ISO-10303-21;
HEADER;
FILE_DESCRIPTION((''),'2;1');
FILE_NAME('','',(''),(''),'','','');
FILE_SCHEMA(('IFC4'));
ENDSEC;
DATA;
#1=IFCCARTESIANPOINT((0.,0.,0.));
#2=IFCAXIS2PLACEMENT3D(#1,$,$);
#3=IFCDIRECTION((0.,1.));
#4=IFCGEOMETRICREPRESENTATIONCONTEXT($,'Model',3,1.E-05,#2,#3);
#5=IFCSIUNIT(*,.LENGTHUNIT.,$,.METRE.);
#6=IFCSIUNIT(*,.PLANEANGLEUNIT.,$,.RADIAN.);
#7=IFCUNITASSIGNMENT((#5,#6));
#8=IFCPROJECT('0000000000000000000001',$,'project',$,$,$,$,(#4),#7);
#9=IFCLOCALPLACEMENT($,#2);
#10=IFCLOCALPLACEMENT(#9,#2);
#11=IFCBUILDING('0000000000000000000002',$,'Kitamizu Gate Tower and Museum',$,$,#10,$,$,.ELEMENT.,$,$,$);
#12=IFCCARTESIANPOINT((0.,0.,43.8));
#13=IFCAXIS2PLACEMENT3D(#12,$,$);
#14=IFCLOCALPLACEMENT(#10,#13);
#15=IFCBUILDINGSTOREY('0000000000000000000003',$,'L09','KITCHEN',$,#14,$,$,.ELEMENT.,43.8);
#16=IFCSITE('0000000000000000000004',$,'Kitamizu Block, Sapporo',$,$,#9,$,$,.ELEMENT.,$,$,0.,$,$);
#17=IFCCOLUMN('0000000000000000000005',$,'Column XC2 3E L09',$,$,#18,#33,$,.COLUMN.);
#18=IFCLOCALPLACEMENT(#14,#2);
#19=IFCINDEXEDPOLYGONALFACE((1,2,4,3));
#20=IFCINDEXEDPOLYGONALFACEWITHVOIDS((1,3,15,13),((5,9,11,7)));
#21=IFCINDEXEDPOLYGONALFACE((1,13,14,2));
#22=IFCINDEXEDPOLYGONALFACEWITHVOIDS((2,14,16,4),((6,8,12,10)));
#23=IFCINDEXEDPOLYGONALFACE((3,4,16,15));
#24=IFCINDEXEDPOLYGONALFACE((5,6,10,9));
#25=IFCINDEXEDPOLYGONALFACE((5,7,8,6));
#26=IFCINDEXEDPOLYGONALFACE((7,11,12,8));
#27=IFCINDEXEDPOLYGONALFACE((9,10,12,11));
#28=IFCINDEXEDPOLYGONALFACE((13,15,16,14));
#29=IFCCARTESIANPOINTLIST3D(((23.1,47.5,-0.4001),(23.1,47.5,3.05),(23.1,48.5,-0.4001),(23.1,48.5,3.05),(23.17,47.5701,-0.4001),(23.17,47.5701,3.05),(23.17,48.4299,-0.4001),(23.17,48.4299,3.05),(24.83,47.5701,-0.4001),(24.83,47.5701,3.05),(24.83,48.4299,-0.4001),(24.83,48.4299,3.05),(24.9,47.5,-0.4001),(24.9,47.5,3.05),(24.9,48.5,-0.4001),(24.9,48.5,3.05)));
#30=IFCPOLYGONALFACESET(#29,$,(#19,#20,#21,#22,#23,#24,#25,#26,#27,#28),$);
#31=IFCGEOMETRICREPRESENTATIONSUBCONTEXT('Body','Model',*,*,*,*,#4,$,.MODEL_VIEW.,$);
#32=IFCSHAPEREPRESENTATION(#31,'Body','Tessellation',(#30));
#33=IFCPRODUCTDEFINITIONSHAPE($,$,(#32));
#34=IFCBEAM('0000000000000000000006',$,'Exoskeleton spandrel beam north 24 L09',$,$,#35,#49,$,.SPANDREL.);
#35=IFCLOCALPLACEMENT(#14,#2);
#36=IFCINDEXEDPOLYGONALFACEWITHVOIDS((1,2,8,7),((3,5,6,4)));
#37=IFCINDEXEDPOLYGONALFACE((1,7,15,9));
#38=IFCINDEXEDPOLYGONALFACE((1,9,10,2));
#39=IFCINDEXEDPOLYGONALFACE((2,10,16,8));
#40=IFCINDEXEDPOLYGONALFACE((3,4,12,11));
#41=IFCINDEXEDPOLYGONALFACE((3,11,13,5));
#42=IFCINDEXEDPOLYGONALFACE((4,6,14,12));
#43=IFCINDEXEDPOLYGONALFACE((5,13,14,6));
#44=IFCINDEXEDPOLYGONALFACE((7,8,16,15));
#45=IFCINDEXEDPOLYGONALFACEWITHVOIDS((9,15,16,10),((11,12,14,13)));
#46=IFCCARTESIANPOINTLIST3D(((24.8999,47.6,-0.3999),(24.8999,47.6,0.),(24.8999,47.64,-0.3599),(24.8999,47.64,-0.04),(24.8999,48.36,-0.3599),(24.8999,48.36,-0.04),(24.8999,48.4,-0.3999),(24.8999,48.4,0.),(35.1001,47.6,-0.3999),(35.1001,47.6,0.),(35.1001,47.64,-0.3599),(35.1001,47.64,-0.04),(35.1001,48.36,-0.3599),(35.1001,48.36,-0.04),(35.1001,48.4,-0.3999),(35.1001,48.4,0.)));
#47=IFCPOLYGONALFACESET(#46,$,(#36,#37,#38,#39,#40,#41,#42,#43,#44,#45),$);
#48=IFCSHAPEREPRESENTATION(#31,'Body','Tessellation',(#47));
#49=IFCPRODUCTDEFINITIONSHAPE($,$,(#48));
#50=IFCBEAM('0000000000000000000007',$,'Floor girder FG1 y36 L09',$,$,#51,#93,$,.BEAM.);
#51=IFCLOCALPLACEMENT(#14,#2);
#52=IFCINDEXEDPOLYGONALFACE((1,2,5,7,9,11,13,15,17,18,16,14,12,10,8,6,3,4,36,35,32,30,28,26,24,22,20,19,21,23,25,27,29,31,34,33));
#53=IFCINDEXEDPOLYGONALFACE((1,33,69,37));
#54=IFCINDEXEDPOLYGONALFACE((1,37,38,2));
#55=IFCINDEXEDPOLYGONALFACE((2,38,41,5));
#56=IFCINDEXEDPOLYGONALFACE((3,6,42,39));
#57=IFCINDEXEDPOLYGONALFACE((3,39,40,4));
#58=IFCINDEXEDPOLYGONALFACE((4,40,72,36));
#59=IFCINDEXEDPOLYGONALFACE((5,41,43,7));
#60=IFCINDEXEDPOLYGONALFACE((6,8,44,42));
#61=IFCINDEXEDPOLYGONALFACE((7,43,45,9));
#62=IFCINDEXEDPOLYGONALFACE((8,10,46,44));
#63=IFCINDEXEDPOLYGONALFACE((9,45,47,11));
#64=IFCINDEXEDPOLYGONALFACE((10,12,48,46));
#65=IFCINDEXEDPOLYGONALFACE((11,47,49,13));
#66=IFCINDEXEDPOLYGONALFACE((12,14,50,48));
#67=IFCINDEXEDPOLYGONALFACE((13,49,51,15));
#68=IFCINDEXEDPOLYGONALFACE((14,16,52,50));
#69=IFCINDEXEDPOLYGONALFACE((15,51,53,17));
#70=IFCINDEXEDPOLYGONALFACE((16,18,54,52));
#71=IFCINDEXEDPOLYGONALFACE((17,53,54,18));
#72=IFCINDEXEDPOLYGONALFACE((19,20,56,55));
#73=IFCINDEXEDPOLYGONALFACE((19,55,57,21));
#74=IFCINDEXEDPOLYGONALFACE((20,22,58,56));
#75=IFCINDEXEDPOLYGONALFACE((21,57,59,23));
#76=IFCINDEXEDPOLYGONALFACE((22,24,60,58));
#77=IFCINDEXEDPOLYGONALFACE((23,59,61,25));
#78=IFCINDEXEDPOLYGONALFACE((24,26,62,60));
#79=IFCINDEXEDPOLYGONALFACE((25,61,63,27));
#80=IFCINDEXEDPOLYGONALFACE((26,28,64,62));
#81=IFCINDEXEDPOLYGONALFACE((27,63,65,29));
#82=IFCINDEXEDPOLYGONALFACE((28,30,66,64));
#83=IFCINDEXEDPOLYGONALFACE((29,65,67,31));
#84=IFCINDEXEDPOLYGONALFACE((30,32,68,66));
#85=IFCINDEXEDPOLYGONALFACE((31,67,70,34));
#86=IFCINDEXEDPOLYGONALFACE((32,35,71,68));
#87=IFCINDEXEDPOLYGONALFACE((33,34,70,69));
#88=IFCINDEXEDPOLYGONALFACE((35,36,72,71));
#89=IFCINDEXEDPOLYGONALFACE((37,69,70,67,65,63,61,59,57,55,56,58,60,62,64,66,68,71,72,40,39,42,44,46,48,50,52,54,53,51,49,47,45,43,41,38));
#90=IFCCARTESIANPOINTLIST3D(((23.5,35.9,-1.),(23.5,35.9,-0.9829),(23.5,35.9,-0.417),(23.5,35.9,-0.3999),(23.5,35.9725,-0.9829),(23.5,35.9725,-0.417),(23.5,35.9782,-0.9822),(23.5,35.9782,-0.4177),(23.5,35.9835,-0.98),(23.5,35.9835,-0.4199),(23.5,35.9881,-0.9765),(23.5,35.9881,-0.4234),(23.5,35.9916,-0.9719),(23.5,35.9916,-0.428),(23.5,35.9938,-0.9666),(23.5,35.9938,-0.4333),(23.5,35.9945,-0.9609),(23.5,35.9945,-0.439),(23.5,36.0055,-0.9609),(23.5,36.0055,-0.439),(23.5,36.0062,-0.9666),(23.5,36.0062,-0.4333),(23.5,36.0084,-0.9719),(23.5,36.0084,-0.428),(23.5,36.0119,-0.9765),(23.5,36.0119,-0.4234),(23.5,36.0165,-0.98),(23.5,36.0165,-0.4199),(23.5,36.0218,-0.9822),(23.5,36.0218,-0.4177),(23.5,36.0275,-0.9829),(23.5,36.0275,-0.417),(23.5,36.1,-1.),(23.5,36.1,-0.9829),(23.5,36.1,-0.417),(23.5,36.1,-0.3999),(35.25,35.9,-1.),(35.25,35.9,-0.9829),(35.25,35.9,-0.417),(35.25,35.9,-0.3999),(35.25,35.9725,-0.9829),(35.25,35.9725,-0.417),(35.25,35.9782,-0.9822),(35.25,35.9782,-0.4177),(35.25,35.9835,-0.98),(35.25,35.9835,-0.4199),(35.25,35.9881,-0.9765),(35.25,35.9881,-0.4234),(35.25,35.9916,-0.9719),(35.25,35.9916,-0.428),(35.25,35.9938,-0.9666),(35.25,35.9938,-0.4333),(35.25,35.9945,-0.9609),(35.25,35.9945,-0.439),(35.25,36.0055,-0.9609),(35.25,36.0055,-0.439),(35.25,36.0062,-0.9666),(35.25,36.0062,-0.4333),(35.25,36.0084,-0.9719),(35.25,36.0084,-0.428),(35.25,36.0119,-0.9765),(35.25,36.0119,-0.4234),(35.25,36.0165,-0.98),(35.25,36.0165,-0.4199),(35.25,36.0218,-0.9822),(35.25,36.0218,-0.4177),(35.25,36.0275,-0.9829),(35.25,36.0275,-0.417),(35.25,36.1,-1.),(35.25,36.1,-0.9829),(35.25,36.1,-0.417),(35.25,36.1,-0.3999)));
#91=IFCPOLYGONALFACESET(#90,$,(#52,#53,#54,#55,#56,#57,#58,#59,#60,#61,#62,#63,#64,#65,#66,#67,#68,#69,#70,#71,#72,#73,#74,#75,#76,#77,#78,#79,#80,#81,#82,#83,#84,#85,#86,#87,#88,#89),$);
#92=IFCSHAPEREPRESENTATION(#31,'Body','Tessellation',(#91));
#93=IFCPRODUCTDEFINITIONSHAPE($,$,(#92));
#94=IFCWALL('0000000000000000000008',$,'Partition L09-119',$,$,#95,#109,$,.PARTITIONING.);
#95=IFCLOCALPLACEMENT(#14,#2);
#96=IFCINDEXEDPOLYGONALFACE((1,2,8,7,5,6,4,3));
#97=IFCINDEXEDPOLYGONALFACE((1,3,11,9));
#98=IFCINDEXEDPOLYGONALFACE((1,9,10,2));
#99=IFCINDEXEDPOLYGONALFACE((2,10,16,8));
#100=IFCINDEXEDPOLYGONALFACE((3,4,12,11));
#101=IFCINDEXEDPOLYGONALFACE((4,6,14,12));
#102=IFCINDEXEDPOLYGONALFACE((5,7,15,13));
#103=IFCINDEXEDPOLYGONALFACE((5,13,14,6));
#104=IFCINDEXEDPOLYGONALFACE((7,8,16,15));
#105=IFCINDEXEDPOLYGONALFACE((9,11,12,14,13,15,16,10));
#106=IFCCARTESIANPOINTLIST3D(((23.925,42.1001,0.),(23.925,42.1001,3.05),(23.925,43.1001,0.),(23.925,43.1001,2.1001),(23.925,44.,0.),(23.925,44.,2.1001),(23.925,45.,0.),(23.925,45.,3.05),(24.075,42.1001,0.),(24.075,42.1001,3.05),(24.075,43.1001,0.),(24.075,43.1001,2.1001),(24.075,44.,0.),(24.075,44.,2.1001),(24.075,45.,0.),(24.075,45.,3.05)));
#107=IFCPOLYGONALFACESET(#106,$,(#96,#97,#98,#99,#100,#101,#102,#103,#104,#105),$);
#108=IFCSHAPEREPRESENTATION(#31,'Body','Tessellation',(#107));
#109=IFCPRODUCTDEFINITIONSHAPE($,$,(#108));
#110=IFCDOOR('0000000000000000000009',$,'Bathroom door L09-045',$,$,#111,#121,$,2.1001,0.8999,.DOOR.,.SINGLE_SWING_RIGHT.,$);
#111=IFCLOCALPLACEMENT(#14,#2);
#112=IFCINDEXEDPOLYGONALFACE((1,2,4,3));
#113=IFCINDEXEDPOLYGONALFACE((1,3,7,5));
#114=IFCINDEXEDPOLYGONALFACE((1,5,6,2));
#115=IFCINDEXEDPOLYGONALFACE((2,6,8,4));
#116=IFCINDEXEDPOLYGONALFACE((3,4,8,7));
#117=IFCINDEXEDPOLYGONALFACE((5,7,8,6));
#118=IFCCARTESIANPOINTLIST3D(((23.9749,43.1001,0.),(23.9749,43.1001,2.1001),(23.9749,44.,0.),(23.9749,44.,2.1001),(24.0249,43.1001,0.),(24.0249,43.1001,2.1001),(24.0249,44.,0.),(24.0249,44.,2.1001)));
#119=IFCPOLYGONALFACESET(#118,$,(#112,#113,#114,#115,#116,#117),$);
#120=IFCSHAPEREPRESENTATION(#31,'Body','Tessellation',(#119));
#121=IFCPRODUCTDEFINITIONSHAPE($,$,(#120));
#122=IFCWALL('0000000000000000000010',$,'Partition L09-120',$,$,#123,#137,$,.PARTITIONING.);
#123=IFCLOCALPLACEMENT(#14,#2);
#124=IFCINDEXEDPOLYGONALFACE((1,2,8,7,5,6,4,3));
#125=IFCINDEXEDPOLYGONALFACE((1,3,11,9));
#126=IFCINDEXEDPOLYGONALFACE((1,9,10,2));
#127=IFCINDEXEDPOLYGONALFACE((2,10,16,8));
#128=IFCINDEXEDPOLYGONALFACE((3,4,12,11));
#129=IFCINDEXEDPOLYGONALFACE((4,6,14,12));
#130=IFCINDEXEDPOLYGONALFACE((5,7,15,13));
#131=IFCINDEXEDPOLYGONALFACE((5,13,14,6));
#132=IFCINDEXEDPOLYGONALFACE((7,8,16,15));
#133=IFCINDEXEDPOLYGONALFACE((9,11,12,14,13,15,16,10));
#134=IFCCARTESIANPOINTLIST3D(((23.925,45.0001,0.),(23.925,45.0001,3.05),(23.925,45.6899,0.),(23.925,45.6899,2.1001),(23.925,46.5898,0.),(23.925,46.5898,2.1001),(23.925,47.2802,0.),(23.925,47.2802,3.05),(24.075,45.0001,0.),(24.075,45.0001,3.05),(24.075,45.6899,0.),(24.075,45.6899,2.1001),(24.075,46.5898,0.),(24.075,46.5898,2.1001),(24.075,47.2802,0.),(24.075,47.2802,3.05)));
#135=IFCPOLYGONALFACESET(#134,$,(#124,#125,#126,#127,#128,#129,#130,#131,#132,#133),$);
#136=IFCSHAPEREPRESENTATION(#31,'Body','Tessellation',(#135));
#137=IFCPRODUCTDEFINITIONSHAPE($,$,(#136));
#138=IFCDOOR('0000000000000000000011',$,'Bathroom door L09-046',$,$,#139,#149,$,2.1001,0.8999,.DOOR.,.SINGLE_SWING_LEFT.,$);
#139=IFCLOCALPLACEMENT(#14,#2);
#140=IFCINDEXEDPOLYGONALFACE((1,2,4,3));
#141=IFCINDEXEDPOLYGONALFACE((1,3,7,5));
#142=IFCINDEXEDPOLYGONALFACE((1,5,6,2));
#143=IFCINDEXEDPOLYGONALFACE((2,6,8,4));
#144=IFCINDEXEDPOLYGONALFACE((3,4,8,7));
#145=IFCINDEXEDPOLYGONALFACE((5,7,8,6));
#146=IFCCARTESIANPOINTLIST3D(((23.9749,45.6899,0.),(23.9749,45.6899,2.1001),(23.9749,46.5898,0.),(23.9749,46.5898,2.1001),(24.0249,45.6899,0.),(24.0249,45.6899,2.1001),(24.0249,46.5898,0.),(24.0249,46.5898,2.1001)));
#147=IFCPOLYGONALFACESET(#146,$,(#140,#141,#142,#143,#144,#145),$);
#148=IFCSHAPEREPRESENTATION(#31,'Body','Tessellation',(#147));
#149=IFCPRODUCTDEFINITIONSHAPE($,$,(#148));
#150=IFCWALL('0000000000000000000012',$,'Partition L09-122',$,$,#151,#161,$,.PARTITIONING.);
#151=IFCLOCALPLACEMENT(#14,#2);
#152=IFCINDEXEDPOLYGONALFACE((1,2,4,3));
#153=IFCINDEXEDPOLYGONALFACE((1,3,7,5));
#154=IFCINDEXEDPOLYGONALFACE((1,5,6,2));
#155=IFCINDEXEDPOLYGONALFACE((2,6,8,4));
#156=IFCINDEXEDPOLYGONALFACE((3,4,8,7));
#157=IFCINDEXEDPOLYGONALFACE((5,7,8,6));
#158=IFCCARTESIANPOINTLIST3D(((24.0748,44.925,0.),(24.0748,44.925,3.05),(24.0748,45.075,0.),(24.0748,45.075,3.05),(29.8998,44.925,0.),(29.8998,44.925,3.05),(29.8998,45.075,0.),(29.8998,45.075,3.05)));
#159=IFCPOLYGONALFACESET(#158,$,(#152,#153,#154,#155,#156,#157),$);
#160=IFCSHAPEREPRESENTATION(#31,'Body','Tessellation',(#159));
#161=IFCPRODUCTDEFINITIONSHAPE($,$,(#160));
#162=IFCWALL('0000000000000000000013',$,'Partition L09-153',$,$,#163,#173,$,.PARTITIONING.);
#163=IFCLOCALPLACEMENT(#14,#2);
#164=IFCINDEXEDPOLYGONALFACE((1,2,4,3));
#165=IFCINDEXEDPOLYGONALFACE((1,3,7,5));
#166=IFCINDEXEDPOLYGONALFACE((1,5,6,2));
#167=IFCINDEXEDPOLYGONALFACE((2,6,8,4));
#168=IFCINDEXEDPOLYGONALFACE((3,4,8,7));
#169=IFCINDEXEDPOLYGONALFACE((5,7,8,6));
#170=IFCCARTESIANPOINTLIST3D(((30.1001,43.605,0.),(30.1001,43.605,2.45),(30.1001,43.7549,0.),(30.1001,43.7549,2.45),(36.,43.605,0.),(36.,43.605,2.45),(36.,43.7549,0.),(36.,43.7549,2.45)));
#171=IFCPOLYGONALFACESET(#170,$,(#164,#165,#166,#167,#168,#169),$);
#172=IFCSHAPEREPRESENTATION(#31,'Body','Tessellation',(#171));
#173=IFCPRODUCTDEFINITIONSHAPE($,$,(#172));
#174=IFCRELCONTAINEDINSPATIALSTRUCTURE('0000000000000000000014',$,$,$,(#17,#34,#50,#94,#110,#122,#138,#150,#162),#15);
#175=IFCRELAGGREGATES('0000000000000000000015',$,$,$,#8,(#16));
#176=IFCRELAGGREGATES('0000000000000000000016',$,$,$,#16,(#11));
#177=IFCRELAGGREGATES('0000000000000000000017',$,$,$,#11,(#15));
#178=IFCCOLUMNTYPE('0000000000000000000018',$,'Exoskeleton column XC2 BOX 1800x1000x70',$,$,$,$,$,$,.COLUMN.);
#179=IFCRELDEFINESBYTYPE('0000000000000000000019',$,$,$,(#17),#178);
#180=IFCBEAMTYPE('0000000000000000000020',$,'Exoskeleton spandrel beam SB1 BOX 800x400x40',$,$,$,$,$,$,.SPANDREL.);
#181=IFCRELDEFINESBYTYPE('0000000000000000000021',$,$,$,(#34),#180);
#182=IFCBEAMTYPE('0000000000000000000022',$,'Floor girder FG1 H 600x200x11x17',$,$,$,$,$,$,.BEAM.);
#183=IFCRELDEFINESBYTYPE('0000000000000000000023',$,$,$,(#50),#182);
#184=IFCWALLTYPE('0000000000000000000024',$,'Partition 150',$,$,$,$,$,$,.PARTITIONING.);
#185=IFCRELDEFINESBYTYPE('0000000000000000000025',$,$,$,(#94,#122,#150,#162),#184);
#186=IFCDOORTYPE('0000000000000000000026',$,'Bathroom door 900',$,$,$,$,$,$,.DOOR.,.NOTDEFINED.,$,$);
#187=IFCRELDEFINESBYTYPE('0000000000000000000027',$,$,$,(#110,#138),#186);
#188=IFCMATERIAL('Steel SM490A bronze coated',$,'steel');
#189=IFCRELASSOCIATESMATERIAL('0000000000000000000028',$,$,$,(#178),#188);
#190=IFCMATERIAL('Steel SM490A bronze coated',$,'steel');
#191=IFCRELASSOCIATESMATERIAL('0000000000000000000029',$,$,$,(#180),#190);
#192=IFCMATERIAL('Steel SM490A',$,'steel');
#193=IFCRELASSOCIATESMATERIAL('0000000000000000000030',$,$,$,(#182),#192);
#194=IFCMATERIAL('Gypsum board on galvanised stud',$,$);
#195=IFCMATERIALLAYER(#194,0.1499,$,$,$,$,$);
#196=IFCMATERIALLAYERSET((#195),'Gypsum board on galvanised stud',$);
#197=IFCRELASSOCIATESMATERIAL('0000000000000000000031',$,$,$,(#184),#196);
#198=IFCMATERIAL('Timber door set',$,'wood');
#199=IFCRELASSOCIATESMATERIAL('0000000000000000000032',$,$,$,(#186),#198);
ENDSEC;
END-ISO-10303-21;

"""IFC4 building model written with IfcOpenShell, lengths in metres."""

from ifc_helpers import new_model, si_unit, direction, frame, frame_2d, origin, origin_2d, place, context, subcontext, project, spatial, rectangle, hollow_rectangle, i_section, extrude, material, layer, layer_set, material_profile, profile_set, type_object, element, fill, save


model = new_model("IFC4")

# Units and contexts
model_context = context("Model", 3, precision=1e-05, world=origin(), true_north=direction((0.0, 1.0)))
body_context = subcontext(model_context, "Body", "Model", "MODEL_VIEW")
ifc_project = project(units=[si_unit("LENGTHUNIT", "METRE"), si_unit("PLANEANGLEUNIT", "RADIAN")], contexts=[model_context])

# Site, building, storey
site_placement = place(None, origin())
site = spatial("IfcSite", under=ifc_project, at=site_placement, Name="Kitamizu Block, Sapporo", CompositionType="ELEMENT", RefElevation=0.0)
building_placement = place(site_placement, origin())
building = spatial("IfcBuilding", under=site, at=building_placement, Name="Kitamizu Gate Tower and Museum", CompositionType="ELEMENT")
storey_placement = place(building_placement, frame((0.0, 0.0, 43.8)))
storey = spatial("IfcBuildingStorey", under=building, at=storey_placement, Name="L09", Description="KITCHEN", CompositionType="ELEMENT", Elevation=43.8)

# Column
ifc_material_1 = material(Name="Steel SM490A bronze coated", Category="steel")
ifc_material_profile_1 = material_profile(ifc_material_1, hollow_rectangle(XDim=1.8, YDim=1.0, WallThickness=0.0701, at=origin_2d()), Name="BOX 1800x1000x70")
ifc_profile_set_1 = profile_set([ifc_material_profile_1], Name="Steel SM490A bronze coated")
column_type = type_object("IfcColumnType", Name="Exoskeleton column XC2 BOX 1800x1000x70", PredefinedType="COLUMN", material=ifc_profile_set_1)
column_placement = place(storey_placement, frame((24.0, 48.0, -0.4001), z_axis=(0.0, 0.0, 1.0), x_axis=(1.0, 0.0, 0.0)))
element("IfcColumn", 1, at=column_placement, inside=storey, type_object=column_type, Name="Column XC2 3E L09", PredefinedType="COLUMN", context=body_context, shape_type="SweptSolid", body=[
    extrude(hollow_rectangle(XDim=1.8, YDim=1.0, WallThickness=0.0701, at=origin_2d()), origin(), (0.0, 0.0, 1.0), 3.4502),
])

# Beams
ifc_material_2 = material(Name="Steel SM490A bronze coated", Category="steel")
ifc_material_profile_2 = material_profile(ifc_material_2, hollow_rectangle(XDim=0.8, YDim=0.3999, WallThickness=0.04, at=origin_2d()), Name="BOX 800x400x40")
ifc_profile_set_2 = profile_set([ifc_material_profile_2], Name="Steel SM490A bronze coated")
beam_type_1 = type_object("IfcBeamType", Name="Exoskeleton spandrel beam SB1 BOX 800x400x40", PredefinedType="SPANDREL", material=ifc_profile_set_2)
beam_1_placement = place(storey_placement, frame((24.8999, 48.0, -0.2), z_axis=(1.0, 0.0, 0.0), x_axis=(0.0, 1.0, 0.0)))
element("IfcBeam", 2, at=beam_1_placement, inside=storey, type_object=beam_type_1, Name="Exoskeleton spandrel beam north 24 L09", PredefinedType="SPANDREL", context=body_context, shape_type="SweptSolid", body=[
    extrude(hollow_rectangle(XDim=0.8, YDim=0.3999, WallThickness=0.04, at=origin_2d()), origin(), (0.0, 0.0, 1.0), 10.2002),
])
ifc_material_3 = material(Name="Steel SM490A", Category="steel")
ifc_material_profile_3 = material_profile(ifc_material_3, i_section(OverallWidth=0.2, OverallDepth=0.6001, WebThickness=0.011, FlangeThickness=0.0171, FilletRadius=0.022, at=origin_2d()), Name="H-600x200x11x17")
ifc_profile_set_3 = profile_set([ifc_material_profile_3], Name="Steel SM490A")
beam_type_2 = type_object("IfcBeamType", Name="Floor girder FG1 H 600x200x11x17", PredefinedType="BEAM", material=ifc_profile_set_3)
beam_2_placement = place(storey_placement, frame((23.5, 36.0, -0.7), z_axis=(1.0, 0.0, 0.0), x_axis=(0.0, 1.0, 0.0)))
element("IfcBeam", 3, at=beam_2_placement, inside=storey, type_object=beam_type_2, Name="Floor girder FG1 y36 L09", PredefinedType="BEAM", context=body_context, shape_type="SweptSolid", body=[
    extrude(i_section(OverallWidth=0.2, OverallDepth=0.6001, WebThickness=0.011, FlangeThickness=0.0171, FilletRadius=0.022, at=origin_2d()), origin(), (0.0, 0.0, 1.0), 11.75),
])

# Walls, openings, doors
ifc_material_4 = material(Name="Gypsum board on galvanised stud")
ifc_layer_1 = layer(ifc_material_4, 0.1499)
ifc_layer_set_1 = layer_set([ifc_layer_1], Name="Gypsum board on galvanised stud")
wall_type_1 = type_object("IfcWallType", Name="Partition 150", PredefinedType="PARTITIONING", material=ifc_layer_set_1)
wall_1_placement = place(storey_placement, frame((24.0, 42.1001, 0.0), z_axis=(0.0, 0.0, 1.0), x_axis=(0.0, 1.0, 0.0)))
wall_1 = element("IfcWall", 4, at=wall_1_placement, inside=storey, type_object=wall_type_1, Name="Partition L09-119", PredefinedType="PARTITIONING", context=body_context, shape_type="SweptSolid", body=[
    extrude(rectangle(XDim=2.8999, YDim=0.1499, at=frame_2d((1.45, 0.0))), origin(), (0.0, 0.0, 1.0), 3.05),
])
opening_1_placement = place(wall_1_placement, frame((1.0, 0.0, 0.0)))
opening_1 = element("IfcOpeningElement", 5, at=opening_1_placement, cuts=wall_1, PredefinedType="OPENING", context=body_context, shape_type="SweptSolid", body=[
    extrude(rectangle(XDim=0.8999, YDim=2.1001, at=frame_2d((0.45, 1.05))), frame((0.0, 0.085, 0.0), z_axis=(0.0, -1.0, 0.0), x_axis=(1.0, 0.0, 0.0)), (0.0, 0.0, 1.0), 0.1699),
])
ifc_material_5 = material(Name="Timber door set", Category="wood")
door_type_1 = type_object("IfcDoorType", Name="Bathroom door 900", OperationType="NOTDEFINED", PredefinedType="DOOR", material=ifc_material_5)
door_1_placement = place(opening_1_placement, frame((0.8999, 0.0, 0.0), x_axis=(-1.0, 0.0, 0.0)))
door_1 = element("IfcDoor", 6, at=door_1_placement, inside=storey, type_object=door_type_1, Name="Bathroom door L09-045", OperationType="SINGLE_SWING_RIGHT", OverallHeight=2.1001, OverallWidth=0.8999, PredefinedType="DOOR", context=body_context, shape_type="SweptSolid", body=[
    extrude(rectangle(XDim=0.8999, YDim=2.1001, at=frame_2d((0.45, 1.05))), frame((0.0, 0.0249, 0.0), z_axis=(0.0, -1.0, 0.0), x_axis=(1.0, 0.0, 0.0)), (0.0, 0.0, 1.0), 0.05),
])
fill(opening_1, door_1)
wall_2_placement = place(storey_placement, frame((24.0, 45.0, 0.0), z_axis=(0.0, 0.0, 1.0), x_axis=(0.0, 1.0, 0.0)))
wall_2 = element("IfcWall", 7, at=wall_2_placement, inside=storey, type_object=wall_type_1, Name="Partition L09-120", PredefinedType="PARTITIONING", context=body_context, shape_type="SweptSolid", body=[
    extrude(rectangle(XDim=2.28, YDim=0.1499, at=frame_2d((1.1401, 0.0))), origin(), (0.0, 0.0, 1.0), 3.05),
])
opening_2_placement = place(wall_2_placement, frame((0.6899, 0.0, 0.0)))
opening_2 = element("IfcOpeningElement", 8, at=opening_2_placement, cuts=wall_2, PredefinedType="OPENING", context=body_context, shape_type="SweptSolid", body=[
    extrude(rectangle(XDim=0.8999, YDim=2.1001, at=frame_2d((0.45, 1.05))), frame((0.0, 0.085, 0.0), z_axis=(0.0, -1.0, 0.0), x_axis=(1.0, 0.0, 0.0)), (0.0, 0.0, 1.0), 0.1699),
])
door_2_placement = place(opening_2_placement, frame((0.8999, 0.0, 0.0), x_axis=(-1.0, 0.0, 0.0)))
door_2 = element("IfcDoor", 9, at=door_2_placement, inside=storey, type_object=door_type_1, Name="Bathroom door L09-046", OperationType="SINGLE_SWING_LEFT", OverallHeight=2.1001, OverallWidth=0.8999, PredefinedType="DOOR", context=body_context, shape_type="SweptSolid", body=[
    extrude(rectangle(XDim=0.8999, YDim=2.1001, at=frame_2d((0.45, 1.05))), frame((0.0, 0.0249, 0.0), z_axis=(0.0, -1.0, 0.0), x_axis=(1.0, 0.0, 0.0)), (0.0, 0.0, 1.0), 0.05),
])
fill(opening_2, door_2)

# Walls
wall_3_placement = place(storey_placement, frame((29.8999, 45.0, 0.0), z_axis=(0.0, 0.0, 1.0), x_axis=(-1.0, 0.0, 0.0)))
element("IfcWall", 10, at=wall_3_placement, inside=storey, type_object=wall_type_1, Name="Partition L09-122", PredefinedType="PARTITIONING", context=body_context, shape_type="SweptSolid", body=[
    extrude(rectangle(XDim=5.825, YDim=0.1499, at=frame_2d((2.9126, 0.0))), origin(), (0.0, 0.0, 1.0), 3.05),
])
wall_4_placement = place(storey_placement, frame((30.1001, 43.6799, 0.0), z_axis=(0.0, 0.0, 1.0), x_axis=(1.0, 0.0, 0.0)))
element("IfcWall", 11, at=wall_4_placement, inside=storey, type_object=wall_type_1, Name="Partition L09-153", PredefinedType="PARTITIONING", context=body_context, shape_type="SweptSolid", body=[
    extrude(rectangle(XDim=5.8999, YDim=0.1499, at=frame_2d((2.95, 0.0))), origin(), (0.0, 0.0, 1.0), 2.45),
])

save(model, "model.ifc")
